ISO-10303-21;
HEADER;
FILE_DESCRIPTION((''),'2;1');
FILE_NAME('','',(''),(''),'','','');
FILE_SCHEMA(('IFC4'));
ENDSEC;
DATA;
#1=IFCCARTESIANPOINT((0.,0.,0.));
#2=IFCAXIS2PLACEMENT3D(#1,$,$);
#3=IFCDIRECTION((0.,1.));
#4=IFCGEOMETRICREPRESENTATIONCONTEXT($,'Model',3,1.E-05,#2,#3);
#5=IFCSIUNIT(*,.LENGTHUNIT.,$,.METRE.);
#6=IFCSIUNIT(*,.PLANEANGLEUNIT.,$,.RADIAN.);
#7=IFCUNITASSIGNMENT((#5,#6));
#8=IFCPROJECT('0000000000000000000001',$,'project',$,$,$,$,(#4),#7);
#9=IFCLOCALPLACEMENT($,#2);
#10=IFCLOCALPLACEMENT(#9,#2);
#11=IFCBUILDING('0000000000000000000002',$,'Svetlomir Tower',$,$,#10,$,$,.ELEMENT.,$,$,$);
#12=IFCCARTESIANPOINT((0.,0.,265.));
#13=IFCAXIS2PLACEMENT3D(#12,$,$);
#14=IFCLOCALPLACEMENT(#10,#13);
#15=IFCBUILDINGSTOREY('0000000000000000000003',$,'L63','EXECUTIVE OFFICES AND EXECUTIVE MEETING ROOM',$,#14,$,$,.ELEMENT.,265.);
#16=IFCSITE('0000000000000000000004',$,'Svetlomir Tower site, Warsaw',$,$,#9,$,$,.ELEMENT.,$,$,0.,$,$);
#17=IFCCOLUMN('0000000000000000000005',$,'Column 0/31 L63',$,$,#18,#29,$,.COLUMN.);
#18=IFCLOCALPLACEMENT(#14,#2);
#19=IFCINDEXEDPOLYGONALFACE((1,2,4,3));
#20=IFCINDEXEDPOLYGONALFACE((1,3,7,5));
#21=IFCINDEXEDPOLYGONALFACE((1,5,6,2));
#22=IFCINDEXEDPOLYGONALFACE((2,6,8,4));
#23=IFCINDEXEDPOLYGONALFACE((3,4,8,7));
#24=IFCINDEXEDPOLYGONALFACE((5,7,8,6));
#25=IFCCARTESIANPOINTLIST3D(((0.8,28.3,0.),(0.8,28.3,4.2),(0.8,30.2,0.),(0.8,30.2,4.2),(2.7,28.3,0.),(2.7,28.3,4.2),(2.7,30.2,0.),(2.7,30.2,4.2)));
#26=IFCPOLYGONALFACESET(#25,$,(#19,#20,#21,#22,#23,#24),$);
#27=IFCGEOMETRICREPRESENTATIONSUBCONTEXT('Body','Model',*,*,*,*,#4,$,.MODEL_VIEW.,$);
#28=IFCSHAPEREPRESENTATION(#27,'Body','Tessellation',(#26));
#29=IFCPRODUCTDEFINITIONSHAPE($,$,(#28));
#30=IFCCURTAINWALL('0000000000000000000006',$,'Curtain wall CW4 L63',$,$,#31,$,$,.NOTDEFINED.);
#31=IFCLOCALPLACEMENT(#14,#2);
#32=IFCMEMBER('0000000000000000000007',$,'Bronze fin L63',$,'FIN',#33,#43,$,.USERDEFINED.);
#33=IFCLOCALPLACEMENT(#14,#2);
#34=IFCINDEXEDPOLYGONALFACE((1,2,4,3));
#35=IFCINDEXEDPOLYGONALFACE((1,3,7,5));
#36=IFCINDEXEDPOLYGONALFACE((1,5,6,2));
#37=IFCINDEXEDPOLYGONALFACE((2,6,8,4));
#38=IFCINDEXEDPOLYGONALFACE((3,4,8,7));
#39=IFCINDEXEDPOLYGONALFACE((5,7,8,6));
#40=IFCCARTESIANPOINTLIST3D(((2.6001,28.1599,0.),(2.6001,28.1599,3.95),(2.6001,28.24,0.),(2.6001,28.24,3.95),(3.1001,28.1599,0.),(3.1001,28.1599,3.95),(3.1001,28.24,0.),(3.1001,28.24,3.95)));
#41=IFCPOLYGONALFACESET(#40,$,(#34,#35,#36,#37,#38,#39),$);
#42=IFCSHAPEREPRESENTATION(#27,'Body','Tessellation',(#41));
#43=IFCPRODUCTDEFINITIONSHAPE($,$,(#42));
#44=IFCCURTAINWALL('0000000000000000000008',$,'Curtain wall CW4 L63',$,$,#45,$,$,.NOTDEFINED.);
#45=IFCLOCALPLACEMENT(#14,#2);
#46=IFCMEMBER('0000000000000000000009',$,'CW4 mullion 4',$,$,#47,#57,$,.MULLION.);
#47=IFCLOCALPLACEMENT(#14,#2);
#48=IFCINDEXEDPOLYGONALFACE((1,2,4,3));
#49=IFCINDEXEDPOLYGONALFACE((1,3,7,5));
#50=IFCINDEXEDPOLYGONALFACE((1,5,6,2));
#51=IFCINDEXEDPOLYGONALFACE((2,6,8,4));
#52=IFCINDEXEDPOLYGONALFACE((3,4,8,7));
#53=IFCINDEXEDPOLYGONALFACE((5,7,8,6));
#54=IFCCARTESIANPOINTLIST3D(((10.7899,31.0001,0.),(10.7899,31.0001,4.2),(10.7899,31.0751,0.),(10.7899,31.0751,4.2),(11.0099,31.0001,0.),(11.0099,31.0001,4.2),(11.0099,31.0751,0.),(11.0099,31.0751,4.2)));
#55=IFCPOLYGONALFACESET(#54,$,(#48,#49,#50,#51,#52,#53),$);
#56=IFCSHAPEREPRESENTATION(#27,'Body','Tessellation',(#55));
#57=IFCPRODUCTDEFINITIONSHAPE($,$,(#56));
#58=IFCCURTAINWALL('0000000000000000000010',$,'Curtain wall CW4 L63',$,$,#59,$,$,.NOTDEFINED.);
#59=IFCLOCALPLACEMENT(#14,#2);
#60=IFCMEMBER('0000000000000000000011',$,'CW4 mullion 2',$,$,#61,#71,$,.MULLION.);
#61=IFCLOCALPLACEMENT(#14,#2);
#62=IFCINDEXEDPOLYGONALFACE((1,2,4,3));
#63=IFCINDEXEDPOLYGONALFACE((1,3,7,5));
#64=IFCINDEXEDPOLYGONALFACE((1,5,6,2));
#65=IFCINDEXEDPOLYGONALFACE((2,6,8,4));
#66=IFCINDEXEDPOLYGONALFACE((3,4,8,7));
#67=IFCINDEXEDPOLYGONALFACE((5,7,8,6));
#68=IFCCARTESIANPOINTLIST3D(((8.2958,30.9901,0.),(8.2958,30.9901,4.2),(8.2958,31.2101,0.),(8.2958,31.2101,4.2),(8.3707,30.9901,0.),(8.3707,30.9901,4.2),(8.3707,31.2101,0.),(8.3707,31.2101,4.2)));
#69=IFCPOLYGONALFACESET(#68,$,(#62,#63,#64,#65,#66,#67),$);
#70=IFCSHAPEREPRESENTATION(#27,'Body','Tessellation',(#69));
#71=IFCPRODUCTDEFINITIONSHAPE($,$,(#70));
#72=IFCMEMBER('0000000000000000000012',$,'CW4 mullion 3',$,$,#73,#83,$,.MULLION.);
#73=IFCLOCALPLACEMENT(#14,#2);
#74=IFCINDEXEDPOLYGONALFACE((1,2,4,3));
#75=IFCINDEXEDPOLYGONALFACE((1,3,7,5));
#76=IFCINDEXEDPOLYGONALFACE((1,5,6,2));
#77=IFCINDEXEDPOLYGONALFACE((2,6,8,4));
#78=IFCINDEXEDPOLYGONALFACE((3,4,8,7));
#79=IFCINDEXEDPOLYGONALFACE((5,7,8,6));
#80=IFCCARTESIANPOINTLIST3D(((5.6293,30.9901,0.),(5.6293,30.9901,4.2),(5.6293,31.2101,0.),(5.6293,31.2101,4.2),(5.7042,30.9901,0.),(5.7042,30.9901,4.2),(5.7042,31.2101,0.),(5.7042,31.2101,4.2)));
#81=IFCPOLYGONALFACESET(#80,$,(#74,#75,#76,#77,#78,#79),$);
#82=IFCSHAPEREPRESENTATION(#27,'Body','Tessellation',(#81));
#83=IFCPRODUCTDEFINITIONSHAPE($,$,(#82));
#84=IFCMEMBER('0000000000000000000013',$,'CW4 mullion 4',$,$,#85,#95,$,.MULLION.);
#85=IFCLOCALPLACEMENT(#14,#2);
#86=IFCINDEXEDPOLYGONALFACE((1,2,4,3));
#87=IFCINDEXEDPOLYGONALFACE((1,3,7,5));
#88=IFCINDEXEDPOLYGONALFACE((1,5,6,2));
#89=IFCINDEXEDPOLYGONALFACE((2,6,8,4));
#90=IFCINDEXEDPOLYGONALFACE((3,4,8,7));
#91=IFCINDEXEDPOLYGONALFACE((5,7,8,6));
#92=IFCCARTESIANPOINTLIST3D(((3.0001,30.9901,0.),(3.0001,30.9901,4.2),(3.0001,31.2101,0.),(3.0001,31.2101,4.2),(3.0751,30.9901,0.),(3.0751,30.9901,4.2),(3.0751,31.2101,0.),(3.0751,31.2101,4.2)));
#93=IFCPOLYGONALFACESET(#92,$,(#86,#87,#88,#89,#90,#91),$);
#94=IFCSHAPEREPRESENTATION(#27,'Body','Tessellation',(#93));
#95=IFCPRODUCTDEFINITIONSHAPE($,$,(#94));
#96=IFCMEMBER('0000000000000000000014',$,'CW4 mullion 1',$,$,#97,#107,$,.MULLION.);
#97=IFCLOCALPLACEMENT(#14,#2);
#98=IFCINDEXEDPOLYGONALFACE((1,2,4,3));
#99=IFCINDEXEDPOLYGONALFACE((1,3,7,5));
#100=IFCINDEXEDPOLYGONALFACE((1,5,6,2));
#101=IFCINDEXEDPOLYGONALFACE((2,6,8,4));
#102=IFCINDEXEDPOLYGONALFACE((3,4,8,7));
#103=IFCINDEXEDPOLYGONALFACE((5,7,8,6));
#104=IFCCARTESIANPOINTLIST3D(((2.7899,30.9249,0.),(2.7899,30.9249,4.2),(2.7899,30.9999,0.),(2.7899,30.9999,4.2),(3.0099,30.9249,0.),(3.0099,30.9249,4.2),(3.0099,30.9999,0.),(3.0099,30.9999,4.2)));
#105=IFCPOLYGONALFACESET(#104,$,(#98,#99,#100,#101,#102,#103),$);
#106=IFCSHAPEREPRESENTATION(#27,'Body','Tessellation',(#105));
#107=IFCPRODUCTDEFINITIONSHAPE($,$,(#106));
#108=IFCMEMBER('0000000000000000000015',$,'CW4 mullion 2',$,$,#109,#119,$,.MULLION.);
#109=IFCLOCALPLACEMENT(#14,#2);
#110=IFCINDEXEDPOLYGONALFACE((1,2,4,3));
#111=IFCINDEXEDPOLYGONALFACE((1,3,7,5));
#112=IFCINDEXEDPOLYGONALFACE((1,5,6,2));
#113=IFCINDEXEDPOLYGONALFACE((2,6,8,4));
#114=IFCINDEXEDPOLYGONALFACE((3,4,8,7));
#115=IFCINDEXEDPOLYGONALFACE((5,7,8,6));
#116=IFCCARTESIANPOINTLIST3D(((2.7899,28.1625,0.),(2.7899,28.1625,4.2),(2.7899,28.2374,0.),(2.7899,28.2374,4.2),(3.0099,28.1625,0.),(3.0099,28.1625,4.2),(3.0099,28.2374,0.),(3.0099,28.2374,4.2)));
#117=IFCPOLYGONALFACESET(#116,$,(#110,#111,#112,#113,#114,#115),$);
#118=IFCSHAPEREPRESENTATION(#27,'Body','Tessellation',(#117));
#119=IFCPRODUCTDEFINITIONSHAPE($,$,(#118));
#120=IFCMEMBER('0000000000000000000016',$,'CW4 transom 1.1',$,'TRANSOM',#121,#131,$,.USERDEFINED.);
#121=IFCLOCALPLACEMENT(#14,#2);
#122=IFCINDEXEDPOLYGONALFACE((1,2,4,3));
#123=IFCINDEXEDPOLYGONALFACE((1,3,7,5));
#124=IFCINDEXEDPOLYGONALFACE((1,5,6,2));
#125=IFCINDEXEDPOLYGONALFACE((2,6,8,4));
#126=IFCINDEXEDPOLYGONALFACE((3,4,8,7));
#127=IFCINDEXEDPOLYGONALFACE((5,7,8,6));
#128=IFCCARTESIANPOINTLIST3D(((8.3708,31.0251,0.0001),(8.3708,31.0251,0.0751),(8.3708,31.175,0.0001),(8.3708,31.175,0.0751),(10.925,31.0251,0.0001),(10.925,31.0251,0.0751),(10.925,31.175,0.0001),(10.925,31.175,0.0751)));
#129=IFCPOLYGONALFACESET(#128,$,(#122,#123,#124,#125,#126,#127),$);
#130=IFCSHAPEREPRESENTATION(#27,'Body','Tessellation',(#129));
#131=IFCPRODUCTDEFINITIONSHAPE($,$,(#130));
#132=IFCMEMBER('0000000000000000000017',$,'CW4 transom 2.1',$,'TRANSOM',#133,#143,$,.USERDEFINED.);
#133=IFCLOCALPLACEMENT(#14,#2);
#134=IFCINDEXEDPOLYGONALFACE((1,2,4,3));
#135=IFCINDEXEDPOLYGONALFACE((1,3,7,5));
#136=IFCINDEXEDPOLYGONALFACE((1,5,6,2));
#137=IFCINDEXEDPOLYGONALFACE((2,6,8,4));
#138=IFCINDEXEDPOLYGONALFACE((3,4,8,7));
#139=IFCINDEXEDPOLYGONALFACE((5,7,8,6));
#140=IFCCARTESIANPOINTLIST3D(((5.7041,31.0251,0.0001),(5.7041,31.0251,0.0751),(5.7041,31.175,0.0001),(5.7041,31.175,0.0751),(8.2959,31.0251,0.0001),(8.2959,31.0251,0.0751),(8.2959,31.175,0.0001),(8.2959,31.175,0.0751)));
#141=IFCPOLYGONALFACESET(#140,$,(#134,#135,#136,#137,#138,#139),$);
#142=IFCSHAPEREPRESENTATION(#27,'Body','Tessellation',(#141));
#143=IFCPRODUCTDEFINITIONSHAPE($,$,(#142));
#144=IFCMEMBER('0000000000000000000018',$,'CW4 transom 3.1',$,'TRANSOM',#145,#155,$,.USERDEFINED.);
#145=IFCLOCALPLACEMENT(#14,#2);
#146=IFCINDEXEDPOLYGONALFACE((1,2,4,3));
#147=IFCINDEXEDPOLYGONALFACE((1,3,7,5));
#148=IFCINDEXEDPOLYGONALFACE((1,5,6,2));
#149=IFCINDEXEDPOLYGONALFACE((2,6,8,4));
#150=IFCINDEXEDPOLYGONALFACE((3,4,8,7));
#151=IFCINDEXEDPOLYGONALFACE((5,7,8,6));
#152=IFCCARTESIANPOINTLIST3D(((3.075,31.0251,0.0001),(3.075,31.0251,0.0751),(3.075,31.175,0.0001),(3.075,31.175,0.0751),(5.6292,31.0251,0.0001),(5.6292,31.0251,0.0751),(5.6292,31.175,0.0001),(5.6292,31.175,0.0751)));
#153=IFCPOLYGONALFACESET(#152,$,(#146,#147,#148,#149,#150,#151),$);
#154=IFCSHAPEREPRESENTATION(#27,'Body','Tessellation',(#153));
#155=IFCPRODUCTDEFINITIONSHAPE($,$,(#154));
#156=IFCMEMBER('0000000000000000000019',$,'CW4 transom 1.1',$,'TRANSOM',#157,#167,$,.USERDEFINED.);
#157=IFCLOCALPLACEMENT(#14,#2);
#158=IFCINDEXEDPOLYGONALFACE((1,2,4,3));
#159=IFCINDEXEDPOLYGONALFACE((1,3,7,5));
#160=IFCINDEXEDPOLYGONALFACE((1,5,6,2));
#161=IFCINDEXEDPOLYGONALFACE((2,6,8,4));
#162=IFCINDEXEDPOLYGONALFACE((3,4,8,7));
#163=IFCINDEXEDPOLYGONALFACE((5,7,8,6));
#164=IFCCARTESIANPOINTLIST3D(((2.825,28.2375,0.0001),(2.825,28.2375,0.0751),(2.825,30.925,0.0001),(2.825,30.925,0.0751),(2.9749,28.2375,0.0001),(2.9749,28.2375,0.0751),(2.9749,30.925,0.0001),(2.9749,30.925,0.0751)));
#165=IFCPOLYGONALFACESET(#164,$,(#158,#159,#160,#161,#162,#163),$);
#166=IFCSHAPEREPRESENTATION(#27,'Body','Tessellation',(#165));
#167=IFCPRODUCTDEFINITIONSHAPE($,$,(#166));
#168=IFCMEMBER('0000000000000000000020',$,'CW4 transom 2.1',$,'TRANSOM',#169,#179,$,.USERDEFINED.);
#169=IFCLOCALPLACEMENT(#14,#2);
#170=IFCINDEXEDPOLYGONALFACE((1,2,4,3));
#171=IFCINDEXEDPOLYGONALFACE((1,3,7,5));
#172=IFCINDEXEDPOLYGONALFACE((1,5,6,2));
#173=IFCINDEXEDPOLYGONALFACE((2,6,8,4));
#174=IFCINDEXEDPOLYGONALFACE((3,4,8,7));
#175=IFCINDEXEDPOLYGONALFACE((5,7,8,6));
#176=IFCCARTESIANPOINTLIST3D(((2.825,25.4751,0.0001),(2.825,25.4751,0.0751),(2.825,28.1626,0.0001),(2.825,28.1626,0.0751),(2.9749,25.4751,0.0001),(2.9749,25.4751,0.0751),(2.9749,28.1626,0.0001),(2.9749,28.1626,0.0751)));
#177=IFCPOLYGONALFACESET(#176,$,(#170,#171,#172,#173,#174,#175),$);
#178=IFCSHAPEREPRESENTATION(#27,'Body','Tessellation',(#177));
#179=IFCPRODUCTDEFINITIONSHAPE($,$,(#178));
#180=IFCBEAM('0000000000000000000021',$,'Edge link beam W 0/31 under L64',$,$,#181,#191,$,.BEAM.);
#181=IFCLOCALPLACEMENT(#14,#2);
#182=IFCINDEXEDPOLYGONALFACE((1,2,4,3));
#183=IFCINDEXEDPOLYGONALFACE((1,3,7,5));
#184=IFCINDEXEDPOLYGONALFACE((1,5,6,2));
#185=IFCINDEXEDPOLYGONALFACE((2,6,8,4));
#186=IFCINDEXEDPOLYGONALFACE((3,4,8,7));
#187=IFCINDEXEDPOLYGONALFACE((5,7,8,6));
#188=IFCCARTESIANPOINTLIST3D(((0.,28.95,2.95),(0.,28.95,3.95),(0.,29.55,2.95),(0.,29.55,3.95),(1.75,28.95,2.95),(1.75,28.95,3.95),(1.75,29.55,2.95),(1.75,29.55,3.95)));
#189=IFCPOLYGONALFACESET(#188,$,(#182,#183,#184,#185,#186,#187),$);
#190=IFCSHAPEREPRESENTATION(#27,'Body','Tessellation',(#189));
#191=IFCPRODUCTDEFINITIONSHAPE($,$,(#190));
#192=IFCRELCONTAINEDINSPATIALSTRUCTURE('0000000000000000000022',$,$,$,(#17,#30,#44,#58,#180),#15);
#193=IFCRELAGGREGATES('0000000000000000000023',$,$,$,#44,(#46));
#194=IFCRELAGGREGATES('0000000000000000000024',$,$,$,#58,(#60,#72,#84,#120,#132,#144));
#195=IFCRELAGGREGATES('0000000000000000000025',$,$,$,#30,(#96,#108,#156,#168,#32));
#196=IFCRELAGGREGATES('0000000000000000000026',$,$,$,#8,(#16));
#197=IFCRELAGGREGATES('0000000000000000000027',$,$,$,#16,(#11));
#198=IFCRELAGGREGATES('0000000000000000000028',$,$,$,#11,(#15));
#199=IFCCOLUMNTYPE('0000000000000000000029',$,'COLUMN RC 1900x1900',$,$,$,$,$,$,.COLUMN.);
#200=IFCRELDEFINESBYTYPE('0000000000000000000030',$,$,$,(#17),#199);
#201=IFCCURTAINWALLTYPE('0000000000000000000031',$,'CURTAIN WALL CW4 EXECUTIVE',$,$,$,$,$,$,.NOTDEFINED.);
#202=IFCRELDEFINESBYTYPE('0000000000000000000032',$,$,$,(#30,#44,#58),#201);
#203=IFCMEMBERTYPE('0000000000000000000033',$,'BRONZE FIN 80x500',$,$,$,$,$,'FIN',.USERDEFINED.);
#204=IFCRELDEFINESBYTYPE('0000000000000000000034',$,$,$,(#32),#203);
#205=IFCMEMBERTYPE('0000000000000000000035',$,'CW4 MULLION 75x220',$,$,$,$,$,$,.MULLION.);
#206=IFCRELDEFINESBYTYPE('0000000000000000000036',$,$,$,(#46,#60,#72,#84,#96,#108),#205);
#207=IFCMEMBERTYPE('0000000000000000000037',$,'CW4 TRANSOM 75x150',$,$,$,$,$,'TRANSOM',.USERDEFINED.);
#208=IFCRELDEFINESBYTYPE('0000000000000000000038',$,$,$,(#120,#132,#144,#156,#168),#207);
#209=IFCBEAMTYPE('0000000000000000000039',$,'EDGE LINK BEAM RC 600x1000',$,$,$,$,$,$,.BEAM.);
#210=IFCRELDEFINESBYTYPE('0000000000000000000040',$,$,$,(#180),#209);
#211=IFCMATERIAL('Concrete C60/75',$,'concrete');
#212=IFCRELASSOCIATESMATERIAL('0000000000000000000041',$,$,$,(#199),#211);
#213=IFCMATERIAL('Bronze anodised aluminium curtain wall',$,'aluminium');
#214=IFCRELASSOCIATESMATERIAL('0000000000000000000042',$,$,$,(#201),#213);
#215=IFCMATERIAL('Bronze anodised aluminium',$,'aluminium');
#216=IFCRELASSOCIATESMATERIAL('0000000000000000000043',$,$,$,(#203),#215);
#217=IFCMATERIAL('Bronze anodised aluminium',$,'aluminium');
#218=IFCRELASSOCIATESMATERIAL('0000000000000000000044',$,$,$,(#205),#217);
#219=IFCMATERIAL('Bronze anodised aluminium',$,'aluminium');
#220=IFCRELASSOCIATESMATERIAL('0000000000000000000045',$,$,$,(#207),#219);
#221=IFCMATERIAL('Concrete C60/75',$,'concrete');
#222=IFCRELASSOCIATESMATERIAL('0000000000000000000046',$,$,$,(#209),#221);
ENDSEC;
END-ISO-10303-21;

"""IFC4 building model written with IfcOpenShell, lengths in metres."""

from ifc_helpers import new_model, si_unit, direction, frame, origin, origin_2d, place, context, subcontext, project, spatial, rectangle, extrude, material, material_profile, profile_set, type_object, element, aggregate, save


model = new_model("IFC4")

# Units and contexts
model_context = context("Model", 3, precision=1e-05, world=origin(), true_north=direction((0.0, 1.0)))
body_context = subcontext(model_context, "Body", "Model", "MODEL_VIEW")
ifc_project = project(units=[si_unit("LENGTHUNIT", "METRE"), si_unit("PLANEANGLEUNIT", "RADIAN")], contexts=[model_context])

# Site, building, storey
site_placement = place(None, origin())
site = spatial("IfcSite", under=ifc_project, at=site_placement, Name="Svetlomir Tower site, Warsaw", CompositionType="ELEMENT", RefElevation=0.0)
building_placement = place(site_placement, origin())
building = spatial("IfcBuilding", under=site, at=building_placement, Name="Svetlomir Tower", CompositionType="ELEMENT")
storey_placement = place(building_placement, frame((0.0, 0.0, 265.0)))
storey = spatial("IfcBuildingStorey", under=building, at=storey_placement, Name="L63", Description="EXECUTIVE OFFICES AND EXECUTIVE MEETING ROOM", CompositionType="ELEMENT", Elevation=265.0)

# Column
ifc_material_1 = material(Name="Concrete C60/75", Category="concrete")
ifc_material_profile_1 = material_profile(ifc_material_1, rectangle(XDim=1.8999, YDim=1.8999, at=origin_2d()), Name="RC 1900x1900")
ifc_profile_set_1 = profile_set([ifc_material_profile_1], Name="Concrete C60/75")
column_type = type_object("IfcColumnType", Name="COLUMN RC 1900x1900", PredefinedType="COLUMN", material=ifc_profile_set_1)
column_placement = place(storey_placement, frame((1.75, 29.25, 0.0), z_axis=(0.0, 0.0, 1.0), x_axis=(1.0, 0.0, 0.0)))
element("IfcColumn", 1, at=column_placement, inside=storey, type_object=column_type, Name="Column 0/31 L63", PredefinedType="COLUMN", context=body_context, shape_type="SweptSolid", body=[
    extrude(rectangle(XDim=1.8999, YDim=1.8999, at=origin_2d()), origin(), (0.0, 0.0, 1.0), 4.2),
])

# Curtain walls, members
ifc_material_2 = material(Name="Bronze anodised aluminium curtain wall", Category="aluminium")
curtain_wall_type = type_object("IfcCurtainWallType", Name="CURTAIN WALL CW4 EXECUTIVE", PredefinedType="NOTDEFINED", material=ifc_material_2)
curtain_wall_1_placement = place(storey_placement, origin())
curtain_wall_1 = element("IfcCurtainWall", 2, at=curtain_wall_1_placement, inside=storey, type_object=curtain_wall_type, Name="Curtain wall CW4 L63", PredefinedType="NOTDEFINED")
ifc_material_3 = material(Name="Bronze anodised aluminium", Category="aluminium")
ifc_material_profile_2 = material_profile(ifc_material_3, rectangle(XDim=0.0801, YDim=0.5, at=origin_2d()), Name="FIN 80x500")
ifc_profile_set_2 = profile_set([ifc_material_profile_2], Name="Bronze anodised aluminium 6063-T6")
member_type_1 = type_object("IfcMemberType", Name="BRONZE FIN 80x500", ElementType="FIN", PredefinedType="USERDEFINED", material=ifc_profile_set_2)
member_1_placement = place(storey_placement, frame((2.8501, 28.2, 0.0), z_axis=(0.0, 0.0, 1.0), x_axis=(0.0, 1.0, 0.0)))
member_1 = element("IfcMember", 3, at=member_1_placement, type_object=member_type_1, Name="Bronze fin L63", ObjectType="FIN", PredefinedType="USERDEFINED", context=body_context, shape_type="SweptSolid", body=[
    extrude(rectangle(XDim=0.0801, YDim=0.5, at=origin_2d()), origin(), (0.0, 0.0, 1.0), 3.95),
])
curtain_wall_2_placement = place(storey_placement, origin())
curtain_wall_2 = element("IfcCurtainWall", 4, at=curtain_wall_2_placement, inside=storey, type_object=curtain_wall_type, Name="Curtain wall CW4 L63", PredefinedType="NOTDEFINED")
ifc_material_4 = material(Name="Bronze anodised aluminium", Category="aluminium")
ifc_material_profile_3 = material_profile(ifc_material_4, rectangle(XDim=0.075, YDim=0.22, at=origin_2d()), Name="AL 75x220")
ifc_profile_set_3 = profile_set([ifc_material_profile_3], Name="Bronze anodised aluminium 6063-T6")
member_type_2 = type_object("IfcMemberType", Name="CW4 MULLION 75x220", PredefinedType="MULLION", material=ifc_profile_set_3)
member_2_placement = place(storey_placement, frame((10.8999, 31.0376, 0.0), z_axis=(0.0, 0.0, 1.0), x_axis=(0.0, -1.0, 0.0)))
member_2 = element("IfcMember", 5, at=member_2_placement, type_object=member_type_2, Name="CW4 mullion 4", PredefinedType="MULLION", context=body_context, shape_type="SweptSolid", body=[
    extrude(rectangle(XDim=0.075, YDim=0.22, at=origin_2d()), origin(), (0.0, 0.0, 1.0), 4.2),
])
aggregate(curtain_wall_2, [member_2])

# Curtain wall, members
curtain_wall_3_placement = place(storey_placement, origin())
curtain_wall_3 = element("IfcCurtainWall", 6, at=curtain_wall_3_placement, inside=storey, type_object=curtain_wall_type, Name="Curtain wall CW4 L63", PredefinedType="NOTDEFINED")
member_3_placement = place(storey_placement, frame((8.3333, 31.1001, 0.0), z_axis=(0.0, 0.0, 1.0), x_axis=(-1.0, 0.0, 0.0)))
member_3 = element("IfcMember", 7, at=member_3_placement, type_object=member_type_2, Name="CW4 mullion 2", PredefinedType="MULLION", context=body_context, shape_type="SweptSolid", body=[
    extrude(rectangle(XDim=0.075, YDim=0.22, at=origin_2d()), origin(), (0.0, 0.0, 1.0), 4.2),
])
member_4_placement = place(storey_placement, frame((5.6667, 31.1001, 0.0), z_axis=(0.0, 0.0, 1.0), x_axis=(-1.0, 0.0, 0.0)))
member_4 = element("IfcMember", 8, at=member_4_placement, type_object=member_type_2, Name="CW4 mullion 3", PredefinedType="MULLION", context=body_context, shape_type="SweptSolid", body=[
    extrude(rectangle(XDim=0.075, YDim=0.22, at=origin_2d()), origin(), (0.0, 0.0, 1.0), 4.2),
])
member_5_placement = place(storey_placement, frame((3.0376, 31.1001, 0.0), z_axis=(0.0, 0.0, 1.0), x_axis=(-1.0, 0.0, 0.0)))
member_5 = element("IfcMember", 9, at=member_5_placement, type_object=member_type_2, Name="CW4 mullion 4", PredefinedType="MULLION", context=body_context, shape_type="SweptSolid", body=[
    extrude(rectangle(XDim=0.075, YDim=0.22, at=origin_2d()), origin(), (0.0, 0.0, 1.0), 4.2),
])

# Members
member_6_placement = place(storey_placement, frame((2.8999, 30.9624, 0.0), z_axis=(0.0, 0.0, 1.0), x_axis=(0.0, -1.0, 0.0)))
member_6 = element("IfcMember", 10, at=member_6_placement, type_object=member_type_2, Name="CW4 mullion 1", PredefinedType="MULLION", context=body_context, shape_type="SweptSolid", body=[
    extrude(rectangle(XDim=0.075, YDim=0.22, at=origin_2d()), origin(), (0.0, 0.0, 1.0), 4.2),
])
member_7_placement = place(storey_placement, frame((2.8999, 28.2, 0.0), z_axis=(0.0, 0.0, 1.0), x_axis=(0.0, -1.0, 0.0)))
member_7 = element("IfcMember", 11, at=member_7_placement, type_object=member_type_2, Name="CW4 mullion 2", PredefinedType="MULLION", context=body_context, shape_type="SweptSolid", body=[
    extrude(rectangle(XDim=0.075, YDim=0.22, at=origin_2d()), origin(), (0.0, 0.0, 1.0), 4.2),
])
ifc_material_5 = material(Name="Bronze anodised aluminium", Category="aluminium")
ifc_material_profile_4 = material_profile(ifc_material_5, rectangle(XDim=0.1499, YDim=0.075, at=origin_2d()), Name="AL 150x75")
ifc_profile_set_4 = profile_set([ifc_material_profile_4], Name="Bronze anodised aluminium 6063-T6")
member_type_3 = type_object("IfcMemberType", Name="CW4 TRANSOM 75x150", ElementType="TRANSOM", PredefinedType="USERDEFINED", material=ifc_profile_set_4)
member_8_placement = place(storey_placement, frame((10.925, 31.1001, 0.0376), z_axis=(-1.0, 0.0, 0.0), x_axis=(0.0, -1.0, 0.0)))
member_8 = element("IfcMember", 12, at=member_8_placement, type_object=member_type_3, Name="CW4 transom 1.1", ObjectType="TRANSOM", PredefinedType="USERDEFINED", context=body_context, shape_type="SweptSolid", body=[
    extrude(rectangle(XDim=0.1499, YDim=0.075, at=origin_2d()), origin(), (0.0, 0.0, 1.0), 2.5542),
])
member_9_placement = place(storey_placement, frame((8.2959, 31.1001, 0.0376), z_axis=(-1.0, 0.0, 0.0), x_axis=(0.0, -1.0, 0.0)))
member_9 = element("IfcMember", 13, at=member_9_placement, type_object=member_type_3, Name="CW4 transom 2.1", ObjectType="TRANSOM", PredefinedType="USERDEFINED", context=body_context, shape_type="SweptSolid", body=[
    extrude(rectangle(XDim=0.1499, YDim=0.075, at=origin_2d()), origin(), (0.0, 0.0, 1.0), 2.5918),
])
member_10_placement = place(storey_placement, frame((5.6292, 31.1001, 0.0376), z_axis=(-1.0, 0.0, 0.0), x_axis=(0.0, -1.0, 0.0)))
member_10 = element("IfcMember", 14, at=member_10_placement, type_object=member_type_3, Name="CW4 transom 3.1", ObjectType="TRANSOM", PredefinedType="USERDEFINED", context=body_context, shape_type="SweptSolid", body=[
    extrude(rectangle(XDim=0.1499, YDim=0.075, at=origin_2d()), origin(), (0.0, 0.0, 1.0), 2.5542),
])
member_11_placement = place(storey_placement, frame((2.8999, 30.925, 0.0376), z_axis=(0.0, -1.0, 0.0), x_axis=(1.0, 0.0, 0.0)))
member_11 = element("IfcMember", 15, at=member_11_placement, type_object=member_type_3, Name="CW4 transom 1.1", ObjectType="TRANSOM", PredefinedType="USERDEFINED", context=body_context, shape_type="SweptSolid", body=[
    extrude(rectangle(XDim=0.1499, YDim=0.075, at=origin_2d()), origin(), (0.0, 0.0, 1.0), 2.6875),
])
member_12_placement = place(storey_placement, frame((2.8999, 28.1626, 0.0376), z_axis=(0.0, -1.0, 0.0), x_axis=(1.0, 0.0, 0.0)))
member_12 = element("IfcMember", 16, at=member_12_placement, type_object=member_type_3, Name="CW4 transom 2.1", ObjectType="TRANSOM", PredefinedType="USERDEFINED", context=body_context, shape_type="SweptSolid", body=[
    extrude(rectangle(XDim=0.1499, YDim=0.075, at=origin_2d()), origin(), (0.0, 0.0, 1.0), 2.6875),
])

# Beam
ifc_material_6 = material(Name="Concrete C60/75", Category="concrete")
ifc_material_profile_5 = material_profile(ifc_material_6, rectangle(XDim=0.6001, YDim=1.0, at=origin_2d()), Name="RC 600x1000")
ifc_profile_set_5 = profile_set([ifc_material_profile_5], Name="Concrete C60/75")
beam_type_1 = type_object("IfcBeamType", Name="EDGE LINK BEAM RC 600x1000", PredefinedType="BEAM", material=ifc_profile_set_5)
beam_1_placement = place(storey_placement, frame((1.75, 29.25, 3.45), z_axis=(-1.0, 0.0, 0.0), x_axis=(0.0, -1.0, 0.0)))
element("IfcBeam", 17, at=beam_1_placement, inside=storey, type_object=beam_type_1, Name="Edge link beam W 0/31 under L64", PredefinedType="BEAM", context=body_context, shape_type="SweptSolid", body=[
    extrude(rectangle(XDim=0.6001, YDim=1.0, at=origin_2d()), origin(), (0.0, 0.0, 1.0), 1.75),
])

aggregate(curtain_wall_3, [member_3, member_4, member_5, member_8, member_9, member_10])
aggregate(curtain_wall_1, [member_6, member_7, member_11, member_12, member_1])

save(model, "model.ifc")
